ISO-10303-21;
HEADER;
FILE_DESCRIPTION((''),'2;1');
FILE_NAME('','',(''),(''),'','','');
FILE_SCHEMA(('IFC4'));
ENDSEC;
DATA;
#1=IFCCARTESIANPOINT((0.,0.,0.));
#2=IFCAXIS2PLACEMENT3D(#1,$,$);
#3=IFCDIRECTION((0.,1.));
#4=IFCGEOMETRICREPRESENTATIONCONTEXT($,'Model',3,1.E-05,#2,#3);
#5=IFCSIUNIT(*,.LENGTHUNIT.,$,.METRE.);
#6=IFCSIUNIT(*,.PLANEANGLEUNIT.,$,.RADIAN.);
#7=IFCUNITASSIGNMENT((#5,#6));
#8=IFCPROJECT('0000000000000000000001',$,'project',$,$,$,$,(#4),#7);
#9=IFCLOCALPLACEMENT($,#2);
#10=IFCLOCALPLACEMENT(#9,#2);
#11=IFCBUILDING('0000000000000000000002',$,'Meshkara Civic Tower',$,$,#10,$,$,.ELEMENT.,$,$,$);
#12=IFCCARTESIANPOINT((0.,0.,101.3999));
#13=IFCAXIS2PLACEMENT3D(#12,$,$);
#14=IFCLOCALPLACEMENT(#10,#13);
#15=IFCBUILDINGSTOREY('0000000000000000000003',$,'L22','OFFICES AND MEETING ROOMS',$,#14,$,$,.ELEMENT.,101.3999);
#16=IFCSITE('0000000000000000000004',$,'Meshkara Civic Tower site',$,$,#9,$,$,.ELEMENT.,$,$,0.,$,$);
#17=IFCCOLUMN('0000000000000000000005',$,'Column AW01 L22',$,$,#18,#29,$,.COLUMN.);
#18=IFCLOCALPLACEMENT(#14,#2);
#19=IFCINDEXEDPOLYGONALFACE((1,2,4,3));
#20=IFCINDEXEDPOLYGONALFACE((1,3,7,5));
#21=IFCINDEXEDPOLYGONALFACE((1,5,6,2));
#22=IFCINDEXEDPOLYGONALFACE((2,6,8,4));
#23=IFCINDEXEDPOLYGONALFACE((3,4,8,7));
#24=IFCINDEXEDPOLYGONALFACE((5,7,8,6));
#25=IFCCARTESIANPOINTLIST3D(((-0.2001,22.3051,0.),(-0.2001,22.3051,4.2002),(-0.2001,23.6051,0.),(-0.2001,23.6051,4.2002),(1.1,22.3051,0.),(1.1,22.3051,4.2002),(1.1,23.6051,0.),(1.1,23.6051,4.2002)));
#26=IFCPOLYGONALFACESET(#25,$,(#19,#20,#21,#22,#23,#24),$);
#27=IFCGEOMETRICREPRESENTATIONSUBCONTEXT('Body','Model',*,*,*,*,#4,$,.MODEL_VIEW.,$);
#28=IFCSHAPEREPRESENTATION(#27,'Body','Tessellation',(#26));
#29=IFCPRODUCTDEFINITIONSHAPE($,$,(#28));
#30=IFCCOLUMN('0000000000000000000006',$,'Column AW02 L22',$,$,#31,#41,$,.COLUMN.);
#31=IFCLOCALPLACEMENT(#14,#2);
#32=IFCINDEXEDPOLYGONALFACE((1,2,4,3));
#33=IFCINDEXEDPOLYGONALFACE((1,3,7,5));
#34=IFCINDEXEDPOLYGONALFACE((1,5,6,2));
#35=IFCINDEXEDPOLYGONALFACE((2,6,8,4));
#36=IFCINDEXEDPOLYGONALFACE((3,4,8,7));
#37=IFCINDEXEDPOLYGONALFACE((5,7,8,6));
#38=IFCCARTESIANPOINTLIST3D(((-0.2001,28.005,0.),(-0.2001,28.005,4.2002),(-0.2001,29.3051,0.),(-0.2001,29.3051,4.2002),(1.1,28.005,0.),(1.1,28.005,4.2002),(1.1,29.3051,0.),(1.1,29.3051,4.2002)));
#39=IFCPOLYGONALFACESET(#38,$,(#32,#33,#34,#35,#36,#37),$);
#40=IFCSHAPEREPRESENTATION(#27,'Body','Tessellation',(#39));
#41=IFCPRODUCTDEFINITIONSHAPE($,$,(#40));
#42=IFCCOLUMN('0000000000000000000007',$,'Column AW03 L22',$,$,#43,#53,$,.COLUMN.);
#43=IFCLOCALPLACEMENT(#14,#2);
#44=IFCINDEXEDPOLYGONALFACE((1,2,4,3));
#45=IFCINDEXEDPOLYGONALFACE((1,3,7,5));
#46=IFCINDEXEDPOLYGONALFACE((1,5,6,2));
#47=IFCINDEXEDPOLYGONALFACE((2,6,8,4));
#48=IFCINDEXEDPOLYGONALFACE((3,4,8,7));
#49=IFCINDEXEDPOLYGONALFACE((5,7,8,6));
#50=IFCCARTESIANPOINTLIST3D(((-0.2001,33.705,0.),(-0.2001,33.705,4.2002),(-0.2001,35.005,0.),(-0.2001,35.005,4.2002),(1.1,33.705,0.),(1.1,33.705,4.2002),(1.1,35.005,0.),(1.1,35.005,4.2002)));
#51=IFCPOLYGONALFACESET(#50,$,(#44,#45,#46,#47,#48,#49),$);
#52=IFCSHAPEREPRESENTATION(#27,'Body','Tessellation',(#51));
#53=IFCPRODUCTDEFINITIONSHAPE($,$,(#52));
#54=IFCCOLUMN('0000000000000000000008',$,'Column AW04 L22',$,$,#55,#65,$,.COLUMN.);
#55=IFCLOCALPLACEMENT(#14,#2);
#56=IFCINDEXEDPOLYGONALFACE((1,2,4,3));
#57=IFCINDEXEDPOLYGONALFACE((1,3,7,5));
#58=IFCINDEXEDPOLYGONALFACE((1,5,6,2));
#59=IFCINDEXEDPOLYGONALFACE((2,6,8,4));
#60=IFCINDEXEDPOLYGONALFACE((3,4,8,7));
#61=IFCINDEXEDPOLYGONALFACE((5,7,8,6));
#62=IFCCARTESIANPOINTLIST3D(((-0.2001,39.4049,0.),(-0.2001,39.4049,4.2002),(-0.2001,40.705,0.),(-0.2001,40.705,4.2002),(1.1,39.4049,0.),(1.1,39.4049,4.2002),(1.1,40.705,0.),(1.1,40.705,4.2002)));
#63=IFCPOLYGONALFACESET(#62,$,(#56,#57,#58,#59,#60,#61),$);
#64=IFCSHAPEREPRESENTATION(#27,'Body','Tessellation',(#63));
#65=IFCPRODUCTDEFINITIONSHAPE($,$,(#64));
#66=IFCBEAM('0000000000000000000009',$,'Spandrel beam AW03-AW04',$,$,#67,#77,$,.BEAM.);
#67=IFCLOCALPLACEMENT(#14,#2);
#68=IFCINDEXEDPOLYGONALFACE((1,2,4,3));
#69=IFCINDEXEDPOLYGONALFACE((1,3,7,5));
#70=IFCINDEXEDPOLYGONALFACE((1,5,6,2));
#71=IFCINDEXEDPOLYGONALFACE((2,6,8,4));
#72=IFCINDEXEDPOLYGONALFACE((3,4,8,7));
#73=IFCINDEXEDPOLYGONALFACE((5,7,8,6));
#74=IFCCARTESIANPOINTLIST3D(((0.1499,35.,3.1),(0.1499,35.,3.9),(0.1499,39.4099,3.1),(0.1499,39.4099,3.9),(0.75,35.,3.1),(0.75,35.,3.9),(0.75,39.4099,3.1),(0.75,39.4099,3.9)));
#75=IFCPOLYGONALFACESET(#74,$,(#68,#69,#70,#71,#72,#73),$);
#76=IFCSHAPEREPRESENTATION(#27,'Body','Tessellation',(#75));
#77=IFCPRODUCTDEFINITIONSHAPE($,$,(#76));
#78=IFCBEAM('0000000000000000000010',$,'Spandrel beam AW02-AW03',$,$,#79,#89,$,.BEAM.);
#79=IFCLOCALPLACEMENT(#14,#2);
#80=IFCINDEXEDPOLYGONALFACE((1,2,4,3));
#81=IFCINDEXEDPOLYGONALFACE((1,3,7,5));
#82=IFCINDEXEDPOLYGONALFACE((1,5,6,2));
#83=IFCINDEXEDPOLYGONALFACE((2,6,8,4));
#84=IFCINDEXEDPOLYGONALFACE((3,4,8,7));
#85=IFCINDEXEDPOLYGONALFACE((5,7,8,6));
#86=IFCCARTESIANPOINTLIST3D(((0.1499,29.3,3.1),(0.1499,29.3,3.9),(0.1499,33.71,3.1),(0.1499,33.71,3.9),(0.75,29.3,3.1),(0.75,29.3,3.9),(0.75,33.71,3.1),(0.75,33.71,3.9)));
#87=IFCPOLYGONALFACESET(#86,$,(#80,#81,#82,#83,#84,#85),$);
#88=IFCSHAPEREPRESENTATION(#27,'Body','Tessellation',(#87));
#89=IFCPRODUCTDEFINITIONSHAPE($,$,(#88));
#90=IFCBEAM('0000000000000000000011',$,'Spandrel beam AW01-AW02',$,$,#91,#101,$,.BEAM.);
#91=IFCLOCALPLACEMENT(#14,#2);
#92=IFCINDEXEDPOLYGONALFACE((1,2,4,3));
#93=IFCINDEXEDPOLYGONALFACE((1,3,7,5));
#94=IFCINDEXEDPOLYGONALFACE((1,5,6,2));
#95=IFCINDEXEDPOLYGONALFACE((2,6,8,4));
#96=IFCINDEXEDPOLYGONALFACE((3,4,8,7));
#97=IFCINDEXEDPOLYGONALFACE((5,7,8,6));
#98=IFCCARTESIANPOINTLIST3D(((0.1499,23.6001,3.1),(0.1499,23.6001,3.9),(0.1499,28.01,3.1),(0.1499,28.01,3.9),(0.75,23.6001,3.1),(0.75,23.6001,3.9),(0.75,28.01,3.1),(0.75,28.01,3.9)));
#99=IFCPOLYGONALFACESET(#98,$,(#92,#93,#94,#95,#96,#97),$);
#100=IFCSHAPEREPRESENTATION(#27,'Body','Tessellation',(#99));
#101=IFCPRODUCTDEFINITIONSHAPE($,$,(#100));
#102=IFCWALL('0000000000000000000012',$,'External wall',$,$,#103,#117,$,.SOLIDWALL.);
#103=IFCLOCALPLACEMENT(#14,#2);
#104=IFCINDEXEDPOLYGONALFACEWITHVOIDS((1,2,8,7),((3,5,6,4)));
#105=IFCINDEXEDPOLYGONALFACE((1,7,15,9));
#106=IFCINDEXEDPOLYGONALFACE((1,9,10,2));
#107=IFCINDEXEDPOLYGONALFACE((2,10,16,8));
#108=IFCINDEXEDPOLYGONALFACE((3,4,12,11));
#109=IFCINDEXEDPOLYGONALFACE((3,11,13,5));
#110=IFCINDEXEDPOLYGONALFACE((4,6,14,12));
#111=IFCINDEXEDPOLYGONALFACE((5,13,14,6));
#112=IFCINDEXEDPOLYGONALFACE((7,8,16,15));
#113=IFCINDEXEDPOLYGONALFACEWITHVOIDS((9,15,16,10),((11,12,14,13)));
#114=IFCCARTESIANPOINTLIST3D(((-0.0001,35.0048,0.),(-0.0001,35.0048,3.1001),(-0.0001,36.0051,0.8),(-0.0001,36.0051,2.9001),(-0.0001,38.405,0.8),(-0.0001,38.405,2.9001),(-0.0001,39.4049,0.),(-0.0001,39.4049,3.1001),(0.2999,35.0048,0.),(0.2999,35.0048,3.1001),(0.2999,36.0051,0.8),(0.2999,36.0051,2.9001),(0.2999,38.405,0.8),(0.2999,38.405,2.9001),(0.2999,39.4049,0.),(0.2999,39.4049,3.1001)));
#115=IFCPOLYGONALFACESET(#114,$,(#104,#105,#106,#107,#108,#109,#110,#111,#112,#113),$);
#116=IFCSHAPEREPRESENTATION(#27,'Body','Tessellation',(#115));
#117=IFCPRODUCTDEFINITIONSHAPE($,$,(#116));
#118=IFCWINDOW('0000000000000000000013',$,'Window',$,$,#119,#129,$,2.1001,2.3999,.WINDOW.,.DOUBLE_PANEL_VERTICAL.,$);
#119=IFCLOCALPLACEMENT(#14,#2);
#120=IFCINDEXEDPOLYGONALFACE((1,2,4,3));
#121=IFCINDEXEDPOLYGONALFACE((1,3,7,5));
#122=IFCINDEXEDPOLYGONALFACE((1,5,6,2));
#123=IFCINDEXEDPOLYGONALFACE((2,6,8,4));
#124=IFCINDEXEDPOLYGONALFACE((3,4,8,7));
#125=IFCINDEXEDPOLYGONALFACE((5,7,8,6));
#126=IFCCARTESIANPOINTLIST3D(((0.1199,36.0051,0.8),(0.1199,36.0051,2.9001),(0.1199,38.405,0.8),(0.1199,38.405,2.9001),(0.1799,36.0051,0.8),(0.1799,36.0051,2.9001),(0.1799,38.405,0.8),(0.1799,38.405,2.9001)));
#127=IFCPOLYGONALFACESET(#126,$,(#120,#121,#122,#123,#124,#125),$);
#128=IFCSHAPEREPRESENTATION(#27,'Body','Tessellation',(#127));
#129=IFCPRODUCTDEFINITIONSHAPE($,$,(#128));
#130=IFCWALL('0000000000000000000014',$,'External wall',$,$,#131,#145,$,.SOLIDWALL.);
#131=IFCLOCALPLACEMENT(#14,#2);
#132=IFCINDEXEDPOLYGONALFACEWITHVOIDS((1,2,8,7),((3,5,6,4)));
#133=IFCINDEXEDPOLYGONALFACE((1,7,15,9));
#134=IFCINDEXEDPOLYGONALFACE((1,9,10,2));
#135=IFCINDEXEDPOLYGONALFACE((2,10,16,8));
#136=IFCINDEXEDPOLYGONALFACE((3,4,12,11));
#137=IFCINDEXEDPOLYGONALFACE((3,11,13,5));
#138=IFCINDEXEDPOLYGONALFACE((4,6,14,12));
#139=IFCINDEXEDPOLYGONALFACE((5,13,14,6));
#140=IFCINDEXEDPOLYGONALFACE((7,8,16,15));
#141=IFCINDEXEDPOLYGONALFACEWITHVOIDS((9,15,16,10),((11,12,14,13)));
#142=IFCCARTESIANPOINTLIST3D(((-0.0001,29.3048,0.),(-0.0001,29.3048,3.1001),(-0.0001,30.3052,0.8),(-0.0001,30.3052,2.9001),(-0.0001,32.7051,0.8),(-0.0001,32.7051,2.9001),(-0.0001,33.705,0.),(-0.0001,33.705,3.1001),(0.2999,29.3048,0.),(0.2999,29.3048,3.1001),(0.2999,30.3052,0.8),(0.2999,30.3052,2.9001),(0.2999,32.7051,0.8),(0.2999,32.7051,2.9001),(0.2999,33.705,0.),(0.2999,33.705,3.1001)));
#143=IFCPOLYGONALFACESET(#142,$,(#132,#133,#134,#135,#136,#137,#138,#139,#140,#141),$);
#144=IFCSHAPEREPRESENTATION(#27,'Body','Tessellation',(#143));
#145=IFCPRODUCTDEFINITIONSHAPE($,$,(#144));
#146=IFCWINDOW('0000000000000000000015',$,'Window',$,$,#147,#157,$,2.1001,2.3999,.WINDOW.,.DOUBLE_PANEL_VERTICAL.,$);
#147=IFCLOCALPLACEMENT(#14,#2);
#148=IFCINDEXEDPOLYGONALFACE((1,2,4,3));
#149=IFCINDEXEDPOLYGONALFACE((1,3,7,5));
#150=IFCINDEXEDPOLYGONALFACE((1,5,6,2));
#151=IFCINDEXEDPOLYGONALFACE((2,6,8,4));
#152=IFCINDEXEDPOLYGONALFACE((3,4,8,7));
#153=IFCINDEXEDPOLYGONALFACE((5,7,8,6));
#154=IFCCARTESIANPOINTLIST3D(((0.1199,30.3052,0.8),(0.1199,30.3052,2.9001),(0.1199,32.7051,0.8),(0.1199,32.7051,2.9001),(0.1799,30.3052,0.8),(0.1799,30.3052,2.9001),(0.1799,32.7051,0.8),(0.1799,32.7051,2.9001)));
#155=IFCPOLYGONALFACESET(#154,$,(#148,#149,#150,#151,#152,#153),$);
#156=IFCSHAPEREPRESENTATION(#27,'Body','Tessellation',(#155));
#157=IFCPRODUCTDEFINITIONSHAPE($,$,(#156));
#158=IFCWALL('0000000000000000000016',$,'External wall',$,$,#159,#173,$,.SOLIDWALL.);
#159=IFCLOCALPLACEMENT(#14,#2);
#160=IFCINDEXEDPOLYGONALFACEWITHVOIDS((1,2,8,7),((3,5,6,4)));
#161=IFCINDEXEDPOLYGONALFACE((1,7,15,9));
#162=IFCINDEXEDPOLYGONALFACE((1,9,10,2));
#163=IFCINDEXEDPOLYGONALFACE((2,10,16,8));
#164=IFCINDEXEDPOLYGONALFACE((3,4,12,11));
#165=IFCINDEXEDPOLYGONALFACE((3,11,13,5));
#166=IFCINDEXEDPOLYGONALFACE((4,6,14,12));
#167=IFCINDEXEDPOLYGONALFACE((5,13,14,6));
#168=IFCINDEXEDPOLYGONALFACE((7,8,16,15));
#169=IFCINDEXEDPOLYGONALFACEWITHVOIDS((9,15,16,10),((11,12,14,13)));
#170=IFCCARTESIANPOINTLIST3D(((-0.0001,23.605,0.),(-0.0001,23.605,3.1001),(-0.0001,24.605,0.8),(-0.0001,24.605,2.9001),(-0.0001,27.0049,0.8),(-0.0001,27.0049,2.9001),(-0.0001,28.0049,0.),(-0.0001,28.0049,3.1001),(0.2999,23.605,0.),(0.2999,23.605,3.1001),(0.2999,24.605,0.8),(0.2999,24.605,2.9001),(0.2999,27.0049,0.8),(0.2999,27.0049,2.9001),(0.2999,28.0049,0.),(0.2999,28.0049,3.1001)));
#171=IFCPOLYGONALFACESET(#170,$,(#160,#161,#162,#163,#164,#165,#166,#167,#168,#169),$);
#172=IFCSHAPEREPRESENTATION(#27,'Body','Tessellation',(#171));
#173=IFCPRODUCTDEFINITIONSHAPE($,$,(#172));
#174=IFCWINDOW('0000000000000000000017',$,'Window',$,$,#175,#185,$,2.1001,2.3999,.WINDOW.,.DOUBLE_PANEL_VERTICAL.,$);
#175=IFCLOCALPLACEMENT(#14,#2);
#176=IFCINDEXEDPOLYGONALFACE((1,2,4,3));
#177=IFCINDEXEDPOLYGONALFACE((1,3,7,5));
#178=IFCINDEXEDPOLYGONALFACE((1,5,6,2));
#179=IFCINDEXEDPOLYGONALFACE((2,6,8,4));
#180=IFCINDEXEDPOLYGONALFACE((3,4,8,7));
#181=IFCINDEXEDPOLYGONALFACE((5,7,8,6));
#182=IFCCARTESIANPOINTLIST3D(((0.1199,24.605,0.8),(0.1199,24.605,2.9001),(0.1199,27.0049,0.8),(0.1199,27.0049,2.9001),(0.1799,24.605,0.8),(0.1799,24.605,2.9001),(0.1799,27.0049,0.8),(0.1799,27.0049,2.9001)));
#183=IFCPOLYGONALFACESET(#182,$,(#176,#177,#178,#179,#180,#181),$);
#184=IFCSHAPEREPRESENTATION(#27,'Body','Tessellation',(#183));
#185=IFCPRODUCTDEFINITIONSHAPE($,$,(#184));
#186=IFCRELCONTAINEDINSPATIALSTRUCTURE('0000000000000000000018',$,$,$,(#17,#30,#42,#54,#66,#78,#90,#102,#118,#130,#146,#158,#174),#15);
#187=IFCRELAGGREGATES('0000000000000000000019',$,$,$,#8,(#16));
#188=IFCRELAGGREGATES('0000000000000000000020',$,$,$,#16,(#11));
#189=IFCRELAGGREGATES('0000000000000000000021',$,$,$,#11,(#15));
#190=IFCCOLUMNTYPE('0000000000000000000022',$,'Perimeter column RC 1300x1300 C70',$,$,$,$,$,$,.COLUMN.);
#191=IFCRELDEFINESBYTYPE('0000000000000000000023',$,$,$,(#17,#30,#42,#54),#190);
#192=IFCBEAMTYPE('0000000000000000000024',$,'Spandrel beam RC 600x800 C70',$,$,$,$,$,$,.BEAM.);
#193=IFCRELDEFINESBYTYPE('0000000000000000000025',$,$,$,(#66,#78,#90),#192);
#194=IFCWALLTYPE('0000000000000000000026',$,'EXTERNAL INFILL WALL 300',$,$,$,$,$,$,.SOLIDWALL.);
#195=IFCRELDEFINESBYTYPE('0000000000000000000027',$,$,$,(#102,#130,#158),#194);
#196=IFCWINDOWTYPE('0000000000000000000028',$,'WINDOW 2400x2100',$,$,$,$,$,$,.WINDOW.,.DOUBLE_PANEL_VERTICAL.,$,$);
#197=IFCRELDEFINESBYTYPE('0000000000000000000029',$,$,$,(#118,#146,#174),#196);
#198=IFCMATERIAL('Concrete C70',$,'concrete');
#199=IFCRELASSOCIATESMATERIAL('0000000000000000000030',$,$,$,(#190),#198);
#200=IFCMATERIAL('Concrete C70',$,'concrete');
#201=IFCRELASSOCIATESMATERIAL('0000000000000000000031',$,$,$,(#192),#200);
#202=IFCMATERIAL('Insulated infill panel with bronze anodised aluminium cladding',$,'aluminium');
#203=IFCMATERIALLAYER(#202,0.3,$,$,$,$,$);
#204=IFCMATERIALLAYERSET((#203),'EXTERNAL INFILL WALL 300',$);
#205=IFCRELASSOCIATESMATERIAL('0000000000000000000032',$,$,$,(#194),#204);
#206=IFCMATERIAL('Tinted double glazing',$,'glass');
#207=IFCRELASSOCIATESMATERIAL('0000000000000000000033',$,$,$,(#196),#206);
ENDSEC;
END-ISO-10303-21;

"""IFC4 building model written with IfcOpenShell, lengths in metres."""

from ifc_helpers import new_model, si_unit, direction, frame, frame_2d, origin, origin_2d, place, context, subcontext, project, spatial, rectangle, extrude, material, layer, layer_set, material_profile, profile_set, type_object, element, fill, save


model = new_model("IFC4")

# Units and contexts
model_context = context("Model", 3, precision=1e-05, world=origin(), true_north=direction((0.0, 1.0)))
body_context = subcontext(model_context, "Body", "Model", "MODEL_VIEW")
ifc_project = project(units=[si_unit("LENGTHUNIT", "METRE"), si_unit("PLANEANGLEUNIT", "RADIAN")], contexts=[model_context])

# Site, building, storey
site_placement = place(None, origin())
site = spatial("IfcSite", under=ifc_project, at=site_placement, Name="Meshkara Civic Tower site", CompositionType="ELEMENT", RefElevation=0.0)
building_placement = place(site_placement, origin())
building = spatial("IfcBuilding", under=site, at=building_placement, Name="Meshkara Civic Tower", CompositionType="ELEMENT")
storey_placement = place(building_placement, frame((0.0, 0.0, 101.3999)))
storey = spatial("IfcBuildingStorey", under=building, at=storey_placement, Name="L22", Description="OFFICES AND MEETING ROOMS", CompositionType="ELEMENT", Elevation=101.3999)

# Columns
ifc_material_1 = material(Name="Concrete C70", Category="concrete")
ifc_material_profile_1 = material_profile(ifc_material_1, rectangle(XDim=1.3, YDim=1.3, at=origin_2d()))
ifc_profile_set_1 = profile_set([ifc_material_profile_1], Name="Concrete C70")
column_type = type_object("IfcColumnType", Name="Perimeter column RC 1300x1300 C70", PredefinedType="COLUMN", material=ifc_profile_set_1)
for number, where, z_axis, x_axis, name in (
    (1, (0.45, 22.9551, 0.0), (0.0, 0.0, 1.0), (1.0, 0.0, 0.0), "Column AW01 L22"),
    (2, (0.45, 28.655, 0.0), (0.0, 0.0, 1.0), (1.0, 0.0, 0.0), "Column AW02 L22"),
    (3, (0.45, 34.355, 0.0), (0.0, 0.0, 1.0), (1.0, 0.0, 0.0), "Column AW03 L22"),
    (4, (0.45, 40.0549, 0.0), (0.0, 0.0, 1.0), (1.0, 0.0, 0.0), "Column AW04 L22"),
):
    element("IfcColumn", number, at=place(storey_placement, frame(where, z_axis=z_axis, x_axis=x_axis)), inside=storey, type_object=column_type, Name=name, PredefinedType="COLUMN", context=body_context, shape_type="SweptSolid", body=[
        extrude(rectangle(XDim=1.3, YDim=1.3, at=origin_2d()), origin(), (0.0, 0.0, 1.0), 4.2002),
    ])

# Beams
ifc_material_2 = material(Name="Concrete C70", Category="concrete")
ifc_material_profile_2 = material_profile(ifc_material_2, rectangle(XDim=0.6001, YDim=0.8, at=origin_2d()))
ifc_profile_set_2 = profile_set([ifc_material_profile_2], Name="Concrete C70")
beam_type = type_object("IfcBeamType", Name="Spandrel beam RC 600x800 C70", PredefinedType="BEAM", material=ifc_profile_set_2)
for number, where, z_axis, x_axis, name in (
    (5, (0.45, 39.4099, 3.5), (0.0, -1.0, 0.0), (1.0, 0.0, 0.0), "Spandrel beam AW03-AW04"),
    (6, (0.45, 33.71, 3.5), (0.0, -1.0, 0.0), (1.0, 0.0, 0.0), "Spandrel beam AW02-AW03"),
    (7, (0.45, 28.01, 3.5), (0.0, -1.0, 0.0), (1.0, 0.0, 0.0), "Spandrel beam AW01-AW02"),
):
    element("IfcBeam", number, at=place(storey_placement, frame(where, z_axis=z_axis, x_axis=x_axis)), inside=storey, type_object=beam_type, Name=name, PredefinedType="BEAM", context=body_context, shape_type="SweptSolid", body=[
        extrude(rectangle(XDim=0.6001, YDim=0.8, at=origin_2d()), origin(), (0.0, 0.0, 1.0), 4.4099),
    ])

# Walls, openings, windows
ifc_material_3 = material(Name="Insulated infill panel with bronze anodised aluminium cladding", Category="aluminium")
ifc_layer = layer(ifc_material_3, 0.3)
ifc_layer_set = layer_set([ifc_layer], Name="EXTERNAL INFILL WALL 300")
wall_type = type_object("IfcWallType", Name="EXTERNAL INFILL WALL 300", PredefinedType="SOLIDWALL", material=ifc_layer_set)
wall_1_placement = place(storey_placement, frame((0.1499, 39.405, 0.0), z_axis=(0.0, 0.0, 1.0), x_axis=(0.0, -1.0, 0.0)))
wall_1 = element("IfcWall", 8, at=wall_1_placement, inside=storey, type_object=wall_type, Name="External wall", PredefinedType="SOLIDWALL", context=body_context, shape_type="SweptSolid", body=[
    extrude(rectangle(XDim=4.4001, YDim=0.3, at=frame_2d((2.2002, 0.0))), origin(), (0.0, 0.0, 1.0), 3.1001),
])
opening_1_placement = place(wall_1_placement, frame((1.0, 0.0, 0.8)))
opening_1 = element("IfcOpeningElement", 9, at=opening_1_placement, cuts=wall_1, PredefinedType="OPENING", context=body_context, shape_type="SweptSolid", body=[
    extrude(rectangle(XDim=2.3999, YDim=2.1001, at=frame_2d((1.2, 1.05))), frame((0.0, 0.1599, 0.0), z_axis=(0.0, -1.0, 0.0), x_axis=(1.0, 0.0, 0.0)), (0.0, 0.0, 1.0), 0.3201),
])
ifc_material_4 = material(Name="Tinted double glazing", Category="glass")
window_type = type_object("IfcWindowType", Name="WINDOW 2400x2100", PartitioningType="DOUBLE_PANEL_VERTICAL", PredefinedType="WINDOW", material=ifc_material_4)
window_1_placement = place(opening_1_placement, origin())
window_1 = element("IfcWindow", 10, at=window_1_placement, inside=storey, type_object=window_type, Name="Window", OverallHeight=2.1001, OverallWidth=2.3999, PartitioningType="DOUBLE_PANEL_VERTICAL", PredefinedType="WINDOW", context=body_context, shape_type="SweptSolid", body=[
    extrude(rectangle(XDim=2.3999, YDim=2.1001, at=frame_2d((1.2, 1.05))), frame((0.0, 0.03, 0.0), z_axis=(0.0, -1.0, 0.0), x_axis=(1.0, 0.0, 0.0)), (0.0, 0.0, 1.0), 0.0601),
])
fill(opening_1, window_1)
wall_2_placement = place(storey_placement, frame((0.1499, 33.7051, 0.0), z_axis=(0.0, 0.0, 1.0), x_axis=(0.0, -1.0, 0.0)))
wall_2 = element("IfcWall", 11, at=wall_2_placement, inside=storey, type_object=wall_type, Name="External wall", PredefinedType="SOLIDWALL", context=body_context, shape_type="SweptSolid", body=[
    extrude(rectangle(XDim=4.4001, YDim=0.3, at=frame_2d((2.2002, 0.0))), origin(), (0.0, 0.0, 1.0), 3.1001),
])
opening_2_placement = place(wall_2_placement, frame((1.0, 0.0, 0.8)))
opening_2 = element("IfcOpeningElement", 12, at=opening_2_placement, cuts=wall_2, PredefinedType="OPENING", context=body_context, shape_type="SweptSolid", body=[
    extrude(rectangle(XDim=2.3999, YDim=2.1001, at=frame_2d((1.2, 1.05))), frame((0.0, 0.1599, 0.0), z_axis=(0.0, -1.0, 0.0), x_axis=(1.0, 0.0, 0.0)), (0.0, 0.0, 1.0), 0.3201),
])
window_2_placement = place(opening_2_placement, origin())
window_2 = element("IfcWindow", 13, at=window_2_placement, inside=storey, type_object=window_type, Name="Window", OverallHeight=2.1001, OverallWidth=2.3999, PartitioningType="DOUBLE_PANEL_VERTICAL", PredefinedType="WINDOW", context=body_context, shape_type="SweptSolid", body=[
    extrude(rectangle(XDim=2.3999, YDim=2.1001, at=frame_2d((1.2, 1.05))), frame((0.0, 0.03, 0.0), z_axis=(0.0, -1.0, 0.0), x_axis=(1.0, 0.0, 0.0)), (0.0, 0.0, 1.0), 0.0601),
])
fill(opening_2, window_2)
wall_3_placement = place(storey_placement, frame((0.1499, 28.0049, 0.0), z_axis=(0.0, 0.0, 1.0), x_axis=(0.0, -1.0, 0.0)))
wall_3 = element("IfcWall", 14, at=wall_3_placement, inside=storey, type_object=wall_type, Name="External wall", PredefinedType="SOLIDWALL", context=body_context, shape_type="SweptSolid", body=[
    extrude(rectangle(XDim=4.3999, YDim=0.3, at=frame_2d((2.2, 0.0))), origin(), (0.0, 0.0, 1.0), 3.1001),
])
opening_3_placement = place(wall_3_placement, frame((1.0, 0.0, 0.8)))
opening_3 = element("IfcOpeningElement", 15, at=opening_3_placement, cuts=wall_3, PredefinedType="OPENING", context=body_context, shape_type="SweptSolid", body=[
    extrude(rectangle(XDim=2.3999, YDim=2.1001, at=frame_2d((1.2, 1.05))), frame((0.0, 0.1599, 0.0), z_axis=(0.0, -1.0, 0.0), x_axis=(1.0, 0.0, 0.0)), (0.0, 0.0, 1.0), 0.3201),
])
window_3_placement = place(opening_3_placement, origin())
window_3 = element("IfcWindow", 16, at=window_3_placement, inside=storey, type_object=window_type, Name="Window", OverallHeight=2.1001, OverallWidth=2.3999, PartitioningType="DOUBLE_PANEL_VERTICAL", PredefinedType="WINDOW", context=body_context, shape_type="SweptSolid", body=[
    extrude(rectangle(XDim=2.3999, YDim=2.1001, at=frame_2d((1.2, 1.05))), frame((0.0, 0.03, 0.0), z_axis=(0.0, -1.0, 0.0), x_axis=(1.0, 0.0, 0.0)), (0.0, 0.0, 1.0), 0.0601),
])
fill(opening_3, window_3)

save(model, "model.ifc")
